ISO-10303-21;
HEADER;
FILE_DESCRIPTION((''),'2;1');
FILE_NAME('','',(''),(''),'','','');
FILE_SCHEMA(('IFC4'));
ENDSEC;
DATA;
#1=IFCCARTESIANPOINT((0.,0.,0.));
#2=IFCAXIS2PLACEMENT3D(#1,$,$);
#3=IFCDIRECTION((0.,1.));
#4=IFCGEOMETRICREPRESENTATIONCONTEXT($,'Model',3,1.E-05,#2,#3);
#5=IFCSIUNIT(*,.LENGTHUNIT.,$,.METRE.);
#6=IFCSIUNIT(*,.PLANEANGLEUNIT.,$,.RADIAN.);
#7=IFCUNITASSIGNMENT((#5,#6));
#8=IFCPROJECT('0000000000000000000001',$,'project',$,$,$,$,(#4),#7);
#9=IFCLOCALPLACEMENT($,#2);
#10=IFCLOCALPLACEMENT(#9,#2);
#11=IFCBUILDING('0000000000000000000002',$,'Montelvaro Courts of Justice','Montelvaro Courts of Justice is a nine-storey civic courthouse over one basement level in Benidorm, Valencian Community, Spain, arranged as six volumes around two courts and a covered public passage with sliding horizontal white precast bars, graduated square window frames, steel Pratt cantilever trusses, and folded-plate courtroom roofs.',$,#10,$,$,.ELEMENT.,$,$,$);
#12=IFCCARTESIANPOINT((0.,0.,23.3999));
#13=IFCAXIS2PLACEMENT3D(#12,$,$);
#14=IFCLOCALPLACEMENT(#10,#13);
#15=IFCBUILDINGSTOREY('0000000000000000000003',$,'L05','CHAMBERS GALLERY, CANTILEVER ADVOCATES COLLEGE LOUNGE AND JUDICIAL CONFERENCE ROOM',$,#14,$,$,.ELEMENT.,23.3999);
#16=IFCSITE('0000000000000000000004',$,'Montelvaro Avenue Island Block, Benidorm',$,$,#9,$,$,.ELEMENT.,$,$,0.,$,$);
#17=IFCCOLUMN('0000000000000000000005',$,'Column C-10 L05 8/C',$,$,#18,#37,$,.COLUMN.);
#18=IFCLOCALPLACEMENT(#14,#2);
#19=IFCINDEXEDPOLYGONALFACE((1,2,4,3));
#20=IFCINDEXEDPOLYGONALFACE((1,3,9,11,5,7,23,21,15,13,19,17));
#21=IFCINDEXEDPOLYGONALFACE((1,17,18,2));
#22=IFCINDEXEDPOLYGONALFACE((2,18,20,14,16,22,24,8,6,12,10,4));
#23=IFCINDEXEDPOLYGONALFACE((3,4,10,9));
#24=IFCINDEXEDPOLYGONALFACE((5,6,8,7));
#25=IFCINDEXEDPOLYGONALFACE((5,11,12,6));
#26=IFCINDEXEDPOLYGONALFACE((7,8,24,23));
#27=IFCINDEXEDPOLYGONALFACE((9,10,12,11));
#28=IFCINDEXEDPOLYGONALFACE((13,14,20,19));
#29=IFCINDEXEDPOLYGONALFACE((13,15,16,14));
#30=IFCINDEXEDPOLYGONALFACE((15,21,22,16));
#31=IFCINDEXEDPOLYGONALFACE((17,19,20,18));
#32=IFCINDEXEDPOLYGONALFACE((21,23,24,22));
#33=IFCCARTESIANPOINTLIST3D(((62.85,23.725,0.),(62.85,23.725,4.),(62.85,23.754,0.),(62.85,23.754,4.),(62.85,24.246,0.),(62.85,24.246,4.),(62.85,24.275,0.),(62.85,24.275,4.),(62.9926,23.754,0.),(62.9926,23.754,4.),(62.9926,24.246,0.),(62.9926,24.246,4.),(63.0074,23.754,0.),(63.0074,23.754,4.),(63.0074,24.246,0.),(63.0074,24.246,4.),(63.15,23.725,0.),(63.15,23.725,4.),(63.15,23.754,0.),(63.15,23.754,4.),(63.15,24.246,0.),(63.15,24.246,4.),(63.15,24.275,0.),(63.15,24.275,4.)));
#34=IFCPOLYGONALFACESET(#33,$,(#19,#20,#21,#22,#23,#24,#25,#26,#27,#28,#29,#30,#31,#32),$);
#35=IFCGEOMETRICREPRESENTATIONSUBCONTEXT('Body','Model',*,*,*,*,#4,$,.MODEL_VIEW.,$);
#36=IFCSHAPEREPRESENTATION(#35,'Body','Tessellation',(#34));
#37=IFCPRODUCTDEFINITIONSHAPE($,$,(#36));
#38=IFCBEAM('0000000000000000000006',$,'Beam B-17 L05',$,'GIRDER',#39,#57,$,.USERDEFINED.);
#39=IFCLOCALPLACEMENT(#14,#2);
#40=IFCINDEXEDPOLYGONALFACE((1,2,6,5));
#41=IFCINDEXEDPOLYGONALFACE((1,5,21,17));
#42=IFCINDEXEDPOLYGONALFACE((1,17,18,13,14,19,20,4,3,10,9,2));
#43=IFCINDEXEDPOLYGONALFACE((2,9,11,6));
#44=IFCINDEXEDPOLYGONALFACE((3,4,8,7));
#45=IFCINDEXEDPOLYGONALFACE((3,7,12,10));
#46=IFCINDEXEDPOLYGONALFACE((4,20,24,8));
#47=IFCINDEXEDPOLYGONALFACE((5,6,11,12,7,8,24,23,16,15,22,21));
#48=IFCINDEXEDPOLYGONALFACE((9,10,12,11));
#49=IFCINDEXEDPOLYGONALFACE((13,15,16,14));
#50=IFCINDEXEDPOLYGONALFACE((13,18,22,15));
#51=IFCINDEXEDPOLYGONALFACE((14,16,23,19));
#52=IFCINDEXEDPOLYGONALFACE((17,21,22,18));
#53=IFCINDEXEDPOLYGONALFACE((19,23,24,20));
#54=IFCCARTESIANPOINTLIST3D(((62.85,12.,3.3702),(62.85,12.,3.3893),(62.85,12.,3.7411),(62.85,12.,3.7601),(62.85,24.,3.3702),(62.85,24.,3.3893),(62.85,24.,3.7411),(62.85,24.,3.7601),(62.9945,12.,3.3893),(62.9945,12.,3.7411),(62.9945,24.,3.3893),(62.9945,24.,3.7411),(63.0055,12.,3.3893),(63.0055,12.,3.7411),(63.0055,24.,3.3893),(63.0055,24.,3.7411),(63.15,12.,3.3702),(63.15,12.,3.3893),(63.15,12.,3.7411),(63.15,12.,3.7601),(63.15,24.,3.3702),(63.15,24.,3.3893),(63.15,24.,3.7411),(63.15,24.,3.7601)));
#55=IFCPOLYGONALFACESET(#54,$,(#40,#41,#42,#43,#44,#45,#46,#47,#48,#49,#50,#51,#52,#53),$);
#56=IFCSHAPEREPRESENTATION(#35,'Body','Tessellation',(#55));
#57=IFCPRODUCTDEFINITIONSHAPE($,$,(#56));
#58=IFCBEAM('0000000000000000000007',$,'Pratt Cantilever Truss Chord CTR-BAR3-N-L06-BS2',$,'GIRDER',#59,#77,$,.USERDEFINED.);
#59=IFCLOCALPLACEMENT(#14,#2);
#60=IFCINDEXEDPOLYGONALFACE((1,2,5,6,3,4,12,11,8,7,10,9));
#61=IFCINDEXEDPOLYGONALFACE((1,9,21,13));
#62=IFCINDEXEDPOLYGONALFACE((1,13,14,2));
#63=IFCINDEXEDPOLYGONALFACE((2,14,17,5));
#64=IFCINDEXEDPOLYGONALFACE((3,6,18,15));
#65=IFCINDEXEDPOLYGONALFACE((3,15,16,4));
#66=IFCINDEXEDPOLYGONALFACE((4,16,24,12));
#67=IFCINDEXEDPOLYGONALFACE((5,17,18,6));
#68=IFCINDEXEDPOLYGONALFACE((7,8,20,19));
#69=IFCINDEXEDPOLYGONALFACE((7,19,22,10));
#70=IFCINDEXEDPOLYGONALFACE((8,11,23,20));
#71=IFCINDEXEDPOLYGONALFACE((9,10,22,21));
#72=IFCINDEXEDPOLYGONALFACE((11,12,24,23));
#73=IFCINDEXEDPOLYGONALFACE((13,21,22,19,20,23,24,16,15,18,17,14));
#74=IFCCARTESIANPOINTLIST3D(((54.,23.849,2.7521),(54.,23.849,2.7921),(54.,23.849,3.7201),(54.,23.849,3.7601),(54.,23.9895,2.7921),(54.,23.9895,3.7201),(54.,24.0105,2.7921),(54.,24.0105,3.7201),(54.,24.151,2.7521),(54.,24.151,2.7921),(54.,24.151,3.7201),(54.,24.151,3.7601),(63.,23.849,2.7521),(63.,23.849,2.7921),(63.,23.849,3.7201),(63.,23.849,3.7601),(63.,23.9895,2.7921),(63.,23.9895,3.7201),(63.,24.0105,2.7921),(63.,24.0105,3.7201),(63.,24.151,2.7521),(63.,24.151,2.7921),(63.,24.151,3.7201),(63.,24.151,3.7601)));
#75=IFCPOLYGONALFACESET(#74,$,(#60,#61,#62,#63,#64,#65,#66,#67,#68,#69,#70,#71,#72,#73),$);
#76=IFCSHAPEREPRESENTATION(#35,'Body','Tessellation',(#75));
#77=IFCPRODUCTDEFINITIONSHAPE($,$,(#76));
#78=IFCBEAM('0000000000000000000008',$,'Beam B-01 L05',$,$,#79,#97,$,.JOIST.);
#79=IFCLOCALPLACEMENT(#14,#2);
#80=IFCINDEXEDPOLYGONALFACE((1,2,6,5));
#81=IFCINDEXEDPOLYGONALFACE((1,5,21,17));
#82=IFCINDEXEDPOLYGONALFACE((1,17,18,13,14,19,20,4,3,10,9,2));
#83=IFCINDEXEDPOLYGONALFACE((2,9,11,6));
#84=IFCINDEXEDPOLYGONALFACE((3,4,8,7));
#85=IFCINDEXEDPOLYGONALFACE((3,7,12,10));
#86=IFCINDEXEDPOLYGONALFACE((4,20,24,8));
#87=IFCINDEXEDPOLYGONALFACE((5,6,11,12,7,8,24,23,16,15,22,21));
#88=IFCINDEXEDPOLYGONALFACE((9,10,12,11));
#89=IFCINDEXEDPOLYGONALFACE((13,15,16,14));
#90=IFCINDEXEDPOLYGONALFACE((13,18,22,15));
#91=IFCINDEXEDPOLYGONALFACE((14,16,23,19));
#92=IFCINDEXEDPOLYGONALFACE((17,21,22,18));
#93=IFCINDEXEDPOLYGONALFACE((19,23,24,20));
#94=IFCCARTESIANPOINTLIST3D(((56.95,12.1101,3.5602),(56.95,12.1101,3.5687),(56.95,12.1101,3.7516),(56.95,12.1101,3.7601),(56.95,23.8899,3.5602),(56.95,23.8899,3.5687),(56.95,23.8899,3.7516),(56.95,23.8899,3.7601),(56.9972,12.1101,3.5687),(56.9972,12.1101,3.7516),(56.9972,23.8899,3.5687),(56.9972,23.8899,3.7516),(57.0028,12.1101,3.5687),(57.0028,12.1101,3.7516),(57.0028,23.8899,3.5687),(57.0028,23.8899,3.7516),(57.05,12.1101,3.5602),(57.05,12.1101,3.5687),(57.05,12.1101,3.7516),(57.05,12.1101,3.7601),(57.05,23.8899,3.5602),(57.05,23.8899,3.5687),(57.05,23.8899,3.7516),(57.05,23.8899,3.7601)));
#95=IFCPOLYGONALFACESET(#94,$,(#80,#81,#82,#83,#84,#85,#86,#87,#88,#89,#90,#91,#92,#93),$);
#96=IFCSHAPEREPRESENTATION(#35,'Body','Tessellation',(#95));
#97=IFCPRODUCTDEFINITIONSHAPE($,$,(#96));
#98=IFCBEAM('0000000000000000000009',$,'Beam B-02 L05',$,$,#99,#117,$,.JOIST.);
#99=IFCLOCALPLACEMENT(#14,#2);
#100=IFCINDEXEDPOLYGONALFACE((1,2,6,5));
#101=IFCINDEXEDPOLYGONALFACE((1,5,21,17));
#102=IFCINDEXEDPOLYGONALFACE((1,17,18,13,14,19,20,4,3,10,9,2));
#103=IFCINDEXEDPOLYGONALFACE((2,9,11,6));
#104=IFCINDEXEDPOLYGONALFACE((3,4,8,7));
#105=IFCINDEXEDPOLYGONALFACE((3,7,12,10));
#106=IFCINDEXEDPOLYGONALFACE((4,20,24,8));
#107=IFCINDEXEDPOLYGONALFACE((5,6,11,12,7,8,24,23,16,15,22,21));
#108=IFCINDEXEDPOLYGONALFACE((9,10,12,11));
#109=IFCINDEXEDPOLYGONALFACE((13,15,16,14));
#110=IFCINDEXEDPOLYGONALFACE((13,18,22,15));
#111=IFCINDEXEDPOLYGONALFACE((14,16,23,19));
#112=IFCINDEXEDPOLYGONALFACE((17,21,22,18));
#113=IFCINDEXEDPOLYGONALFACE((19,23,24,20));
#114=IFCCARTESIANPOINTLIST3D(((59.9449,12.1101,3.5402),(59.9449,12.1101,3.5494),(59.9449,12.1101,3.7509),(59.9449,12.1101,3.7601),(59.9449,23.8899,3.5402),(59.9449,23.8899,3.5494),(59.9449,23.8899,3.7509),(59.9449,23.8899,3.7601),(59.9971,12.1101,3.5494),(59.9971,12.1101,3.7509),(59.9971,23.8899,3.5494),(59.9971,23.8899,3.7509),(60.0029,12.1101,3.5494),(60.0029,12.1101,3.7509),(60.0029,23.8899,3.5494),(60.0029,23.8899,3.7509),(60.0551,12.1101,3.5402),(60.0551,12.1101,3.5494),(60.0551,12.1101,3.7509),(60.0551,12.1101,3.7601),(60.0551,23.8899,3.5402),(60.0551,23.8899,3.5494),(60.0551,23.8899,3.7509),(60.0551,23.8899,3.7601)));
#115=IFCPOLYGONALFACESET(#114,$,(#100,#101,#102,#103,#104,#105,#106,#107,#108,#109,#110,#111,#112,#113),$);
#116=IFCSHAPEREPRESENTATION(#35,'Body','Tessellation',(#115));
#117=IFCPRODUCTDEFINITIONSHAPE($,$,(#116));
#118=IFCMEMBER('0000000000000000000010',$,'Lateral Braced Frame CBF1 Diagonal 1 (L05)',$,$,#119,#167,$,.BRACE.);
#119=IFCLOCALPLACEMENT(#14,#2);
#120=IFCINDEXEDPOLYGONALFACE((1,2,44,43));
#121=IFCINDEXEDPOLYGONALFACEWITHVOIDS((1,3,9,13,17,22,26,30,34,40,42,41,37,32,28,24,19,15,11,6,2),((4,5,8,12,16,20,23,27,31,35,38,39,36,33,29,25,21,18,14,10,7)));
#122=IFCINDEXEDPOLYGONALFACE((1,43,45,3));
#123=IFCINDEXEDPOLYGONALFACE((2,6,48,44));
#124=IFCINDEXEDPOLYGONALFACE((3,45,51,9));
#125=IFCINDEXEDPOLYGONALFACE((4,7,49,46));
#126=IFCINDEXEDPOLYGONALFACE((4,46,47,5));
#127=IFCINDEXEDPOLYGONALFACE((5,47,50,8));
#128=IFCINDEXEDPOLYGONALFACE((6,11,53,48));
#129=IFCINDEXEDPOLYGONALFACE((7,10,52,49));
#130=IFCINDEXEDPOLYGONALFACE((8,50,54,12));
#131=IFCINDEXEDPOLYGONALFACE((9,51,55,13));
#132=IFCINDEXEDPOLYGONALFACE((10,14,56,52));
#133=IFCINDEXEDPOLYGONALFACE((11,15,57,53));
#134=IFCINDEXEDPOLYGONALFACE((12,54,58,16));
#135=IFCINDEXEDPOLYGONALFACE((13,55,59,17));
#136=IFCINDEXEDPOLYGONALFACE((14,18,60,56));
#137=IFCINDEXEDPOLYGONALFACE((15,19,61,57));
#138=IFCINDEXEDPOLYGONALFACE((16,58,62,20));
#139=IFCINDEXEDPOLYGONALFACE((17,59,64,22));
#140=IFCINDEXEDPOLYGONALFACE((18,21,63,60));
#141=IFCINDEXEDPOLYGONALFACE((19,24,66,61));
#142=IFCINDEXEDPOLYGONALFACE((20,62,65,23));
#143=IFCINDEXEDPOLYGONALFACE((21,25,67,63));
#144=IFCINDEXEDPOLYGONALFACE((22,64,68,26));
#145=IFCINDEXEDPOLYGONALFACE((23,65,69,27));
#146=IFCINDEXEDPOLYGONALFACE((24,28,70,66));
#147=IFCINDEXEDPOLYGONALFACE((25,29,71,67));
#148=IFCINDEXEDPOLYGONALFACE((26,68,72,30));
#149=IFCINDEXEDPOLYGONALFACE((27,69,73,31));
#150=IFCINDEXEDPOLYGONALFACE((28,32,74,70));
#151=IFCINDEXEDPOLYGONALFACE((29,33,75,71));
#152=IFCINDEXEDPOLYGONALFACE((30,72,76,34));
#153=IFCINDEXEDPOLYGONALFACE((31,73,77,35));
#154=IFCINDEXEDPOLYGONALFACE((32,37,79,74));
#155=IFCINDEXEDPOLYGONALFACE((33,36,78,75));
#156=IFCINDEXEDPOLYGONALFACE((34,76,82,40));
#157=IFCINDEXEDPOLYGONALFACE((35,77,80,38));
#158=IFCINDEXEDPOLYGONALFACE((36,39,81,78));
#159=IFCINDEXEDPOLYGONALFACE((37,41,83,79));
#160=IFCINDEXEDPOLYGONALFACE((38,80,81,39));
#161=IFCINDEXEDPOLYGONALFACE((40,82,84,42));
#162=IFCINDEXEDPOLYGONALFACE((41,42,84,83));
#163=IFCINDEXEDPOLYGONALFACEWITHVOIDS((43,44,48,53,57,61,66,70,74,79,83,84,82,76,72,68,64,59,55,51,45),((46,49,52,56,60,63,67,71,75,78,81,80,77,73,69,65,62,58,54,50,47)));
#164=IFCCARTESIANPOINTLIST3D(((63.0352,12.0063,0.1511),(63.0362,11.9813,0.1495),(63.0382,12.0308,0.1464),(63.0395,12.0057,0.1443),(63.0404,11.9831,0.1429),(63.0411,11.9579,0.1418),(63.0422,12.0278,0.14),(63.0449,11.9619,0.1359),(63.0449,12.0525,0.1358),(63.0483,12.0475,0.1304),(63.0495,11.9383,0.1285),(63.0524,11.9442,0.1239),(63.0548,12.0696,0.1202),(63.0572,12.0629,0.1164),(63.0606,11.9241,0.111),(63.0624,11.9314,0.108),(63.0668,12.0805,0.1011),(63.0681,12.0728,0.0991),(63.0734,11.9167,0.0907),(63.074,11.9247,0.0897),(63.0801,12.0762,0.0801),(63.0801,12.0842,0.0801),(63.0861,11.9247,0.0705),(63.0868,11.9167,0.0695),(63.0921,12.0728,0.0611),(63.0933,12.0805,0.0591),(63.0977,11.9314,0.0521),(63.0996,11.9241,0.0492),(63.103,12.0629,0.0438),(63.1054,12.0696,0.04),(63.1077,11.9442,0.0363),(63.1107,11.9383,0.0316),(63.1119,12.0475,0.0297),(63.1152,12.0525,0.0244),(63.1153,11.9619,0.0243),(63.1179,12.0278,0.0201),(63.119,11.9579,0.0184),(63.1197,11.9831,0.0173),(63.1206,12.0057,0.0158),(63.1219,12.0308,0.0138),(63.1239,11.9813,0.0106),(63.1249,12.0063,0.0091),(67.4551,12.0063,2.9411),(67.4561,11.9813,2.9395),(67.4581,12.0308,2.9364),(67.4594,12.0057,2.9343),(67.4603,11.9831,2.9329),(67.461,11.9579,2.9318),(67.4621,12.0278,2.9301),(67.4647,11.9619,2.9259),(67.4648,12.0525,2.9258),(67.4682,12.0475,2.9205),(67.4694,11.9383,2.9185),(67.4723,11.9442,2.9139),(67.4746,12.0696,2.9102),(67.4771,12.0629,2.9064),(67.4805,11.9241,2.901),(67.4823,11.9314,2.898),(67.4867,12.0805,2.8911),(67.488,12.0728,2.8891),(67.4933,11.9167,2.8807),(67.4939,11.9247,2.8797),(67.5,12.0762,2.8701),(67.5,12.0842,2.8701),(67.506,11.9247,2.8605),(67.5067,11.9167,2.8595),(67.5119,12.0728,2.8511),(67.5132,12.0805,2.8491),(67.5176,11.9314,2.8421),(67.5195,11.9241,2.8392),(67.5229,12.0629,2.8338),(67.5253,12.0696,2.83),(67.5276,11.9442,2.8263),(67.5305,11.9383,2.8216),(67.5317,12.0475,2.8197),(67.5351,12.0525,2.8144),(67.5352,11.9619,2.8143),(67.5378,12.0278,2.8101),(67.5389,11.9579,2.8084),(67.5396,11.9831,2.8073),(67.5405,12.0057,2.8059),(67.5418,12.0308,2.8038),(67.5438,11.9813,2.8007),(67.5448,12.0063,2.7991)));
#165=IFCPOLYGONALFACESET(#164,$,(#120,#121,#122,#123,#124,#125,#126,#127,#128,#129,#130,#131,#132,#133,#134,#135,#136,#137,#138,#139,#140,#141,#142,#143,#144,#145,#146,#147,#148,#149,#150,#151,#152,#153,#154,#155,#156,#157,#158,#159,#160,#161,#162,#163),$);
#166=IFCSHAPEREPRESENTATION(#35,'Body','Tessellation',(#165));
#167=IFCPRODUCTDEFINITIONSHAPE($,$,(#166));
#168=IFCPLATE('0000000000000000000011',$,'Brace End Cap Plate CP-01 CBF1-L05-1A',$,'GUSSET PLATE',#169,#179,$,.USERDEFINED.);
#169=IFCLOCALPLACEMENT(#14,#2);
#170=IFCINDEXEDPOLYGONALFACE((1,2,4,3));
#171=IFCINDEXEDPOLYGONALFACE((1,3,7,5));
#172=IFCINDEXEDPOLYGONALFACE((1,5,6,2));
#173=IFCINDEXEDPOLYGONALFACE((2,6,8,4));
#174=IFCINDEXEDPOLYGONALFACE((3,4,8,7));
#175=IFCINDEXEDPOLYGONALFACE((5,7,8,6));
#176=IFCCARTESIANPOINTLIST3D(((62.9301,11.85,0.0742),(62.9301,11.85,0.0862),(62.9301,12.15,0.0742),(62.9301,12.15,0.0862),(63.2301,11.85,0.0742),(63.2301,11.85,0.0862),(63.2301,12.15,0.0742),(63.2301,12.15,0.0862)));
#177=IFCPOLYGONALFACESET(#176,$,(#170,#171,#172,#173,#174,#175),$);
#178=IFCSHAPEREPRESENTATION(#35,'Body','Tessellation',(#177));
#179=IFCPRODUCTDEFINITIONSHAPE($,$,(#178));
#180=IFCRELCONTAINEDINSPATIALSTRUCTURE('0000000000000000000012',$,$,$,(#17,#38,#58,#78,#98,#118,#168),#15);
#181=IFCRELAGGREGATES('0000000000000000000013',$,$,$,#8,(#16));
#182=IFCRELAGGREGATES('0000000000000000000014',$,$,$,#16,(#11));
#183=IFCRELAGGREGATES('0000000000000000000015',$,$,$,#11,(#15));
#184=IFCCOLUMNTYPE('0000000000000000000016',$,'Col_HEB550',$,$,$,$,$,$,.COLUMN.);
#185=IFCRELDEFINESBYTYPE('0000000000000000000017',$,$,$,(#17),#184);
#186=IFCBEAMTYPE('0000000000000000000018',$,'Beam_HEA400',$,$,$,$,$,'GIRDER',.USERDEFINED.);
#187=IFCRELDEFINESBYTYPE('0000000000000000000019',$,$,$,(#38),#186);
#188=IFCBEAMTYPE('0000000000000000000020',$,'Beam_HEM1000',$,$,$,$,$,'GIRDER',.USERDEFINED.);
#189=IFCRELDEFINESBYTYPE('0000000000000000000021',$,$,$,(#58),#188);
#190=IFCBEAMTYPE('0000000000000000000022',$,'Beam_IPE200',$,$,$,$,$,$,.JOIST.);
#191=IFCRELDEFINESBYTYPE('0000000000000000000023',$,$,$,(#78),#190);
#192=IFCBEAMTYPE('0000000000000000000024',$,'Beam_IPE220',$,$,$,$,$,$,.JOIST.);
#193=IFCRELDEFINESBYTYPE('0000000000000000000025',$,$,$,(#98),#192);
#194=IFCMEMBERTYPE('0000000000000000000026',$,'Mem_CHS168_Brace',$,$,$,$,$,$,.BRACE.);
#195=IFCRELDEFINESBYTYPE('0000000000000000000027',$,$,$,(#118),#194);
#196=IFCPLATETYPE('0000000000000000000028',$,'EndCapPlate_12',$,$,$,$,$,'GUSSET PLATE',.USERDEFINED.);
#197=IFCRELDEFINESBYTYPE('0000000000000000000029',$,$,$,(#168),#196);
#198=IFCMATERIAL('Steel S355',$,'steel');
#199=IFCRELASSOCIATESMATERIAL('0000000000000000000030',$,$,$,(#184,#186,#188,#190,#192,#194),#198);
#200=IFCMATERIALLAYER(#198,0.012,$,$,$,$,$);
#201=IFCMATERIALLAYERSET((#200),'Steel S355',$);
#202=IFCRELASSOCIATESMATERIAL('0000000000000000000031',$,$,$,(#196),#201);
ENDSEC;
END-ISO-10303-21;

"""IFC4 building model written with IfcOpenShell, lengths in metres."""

from ifc_helpers import new_model, si_unit, direction, frame, origin, origin_2d, place, context, subcontext, project, spatial, rectangle, hollow_circle, i_section, extrude, material, layer, layer_set, material_profile, profile_set, type_object, element, save


model = new_model("IFC4")

# Units and contexts
model_context = context("Model", 3, precision=1e-05, world=origin(), true_north=direction((0.0, 1.0)))
body_context = subcontext(model_context, "Body", "Model", "MODEL_VIEW")
ifc_project = project(units=[si_unit("LENGTHUNIT", "METRE"), si_unit("PLANEANGLEUNIT", "RADIAN")], contexts=[model_context])

# Site, building, storey
site_placement = place(None, origin())
site = spatial("IfcSite", under=ifc_project, at=site_placement, Name="Montelvaro Avenue Island Block, Benidorm", CompositionType="ELEMENT", RefElevation=0.0)
building_placement = place(site_placement, origin())
building = spatial("IfcBuilding", under=site, at=building_placement, Name="Montelvaro Courts of Justice", Description="Montelvaro Courts of Justice is a nine-storey civic courthouse over one basement level in Benidorm, Valencian Community, Spain, arranged as six volumes around two courts and a covered public passage with sliding horizontal white precast bars, graduated square window frames, steel Pratt cantilever trusses, and folded-plate courtroom roofs.", CompositionType="ELEMENT")
storey_placement = place(building_placement, frame((0.0, 0.0, 23.3999)))
storey = spatial("IfcBuildingStorey", under=building, at=storey_placement, Name="L05", Description="CHAMBERS GALLERY, CANTILEVER ADVOCATES COLLEGE LOUNGE AND JUDICIAL CONFERENCE ROOM", CompositionType="ELEMENT", Elevation=23.3999)

# Column
ifc_material_1 = material(Name="Steel S355", Category="steel")
ifc_material_profile_1 = material_profile(ifc_material_1, i_section(OverallWidth=0.3, OverallDepth=0.55, WebThickness=0.0149, FlangeThickness=0.0291, at=origin_2d()), Name="HEB 550")
ifc_profile_set_1 = profile_set([ifc_material_profile_1], Name="Steel S355")
column_type = type_object("IfcColumnType", Name="Col_HEB550", PredefinedType="COLUMN", material=ifc_profile_set_1)
column_placement = place(storey_placement, frame((63.0, 24.0, 0.0), z_axis=(0.0, 0.0, 1.0), x_axis=(1.0, 0.0, 0.0)))
element("IfcColumn", 1, at=column_placement, inside=storey, type_object=column_type, Name="Column C-10 L05 8/C", PredefinedType="COLUMN", context=body_context, shape_type="SweptSolid", body=[
    extrude(i_section(OverallWidth=0.3, OverallDepth=0.55, WebThickness=0.0149, FlangeThickness=0.0291, at=origin_2d()), origin(), (0.0, 0.0, 1.0), 4.0),
])

# Beams
ifc_material_profile_2 = material_profile(ifc_material_1, i_section(OverallWidth=0.3, OverallDepth=0.3899, WebThickness=0.011, FlangeThickness=0.019, at=origin_2d()), Name="HEA 400")
ifc_profile_set_2 = profile_set([ifc_material_profile_2], Name="Steel S355")
beam_type_1 = type_object("IfcBeamType", Name="Beam_HEA400", ElementType="GIRDER", PredefinedType="USERDEFINED", material=ifc_profile_set_2)
beam_1_placement = place(storey_placement, frame((63.0, 12.0, 3.5652), z_axis=(0.0, 1.0, 0.0), x_axis=(-1.0, 0.0, 0.0)))
element("IfcBeam", 2, at=beam_1_placement, inside=storey, type_object=beam_type_1, Name="Beam B-17 L05", ObjectType="GIRDER", PredefinedType="USERDEFINED", context=body_context, shape_type="SweptSolid", body=[
    extrude(i_section(OverallWidth=0.3, OverallDepth=0.3899, WebThickness=0.011, FlangeThickness=0.019, at=origin_2d()), origin(), (0.0, 0.0, 1.0), 12.0),
])
ifc_material_profile_3 = material_profile(ifc_material_1, i_section(OverallWidth=0.302, OverallDepth=1.0081, WebThickness=0.021, FlangeThickness=0.04, at=origin_2d()), Name="HEM 1000")
ifc_profile_set_3 = profile_set([ifc_material_profile_3], Name="Steel S355")
beam_type_2 = type_object("IfcBeamType", Name="Beam_HEM1000", ElementType="GIRDER", PredefinedType="USERDEFINED", material=ifc_profile_set_3)
beam_2_placement = place(storey_placement, frame((63.0, 24.0, 3.2561), z_axis=(-1.0, 0.0, 0.0), x_axis=(0.0, -1.0, 0.0)))
element("IfcBeam", 3, at=beam_2_placement, inside=storey, type_object=beam_type_2, Name="Pratt Cantilever Truss Chord CTR-BAR3-N-L06-BS2", ObjectType="GIRDER", PredefinedType="USERDEFINED", context=body_context, shape_type="SweptSolid", body=[
    extrude(i_section(OverallWidth=0.302, OverallDepth=1.0081, WebThickness=0.021, FlangeThickness=0.04, at=origin_2d()), origin(), (0.0, 0.0, 1.0), 9.0),
])
ifc_material_profile_4 = material_profile(ifc_material_1, i_section(OverallWidth=0.1001, OverallDepth=0.2, WebThickness=0.0056, FlangeThickness=0.0085, at=origin_2d()), Name="IPE 200")
ifc_profile_set_4 = profile_set([ifc_material_profile_4], Name="Steel S355")
beam_type_3 = type_object("IfcBeamType", Name="Beam_IPE200", PredefinedType="JOIST", material=ifc_profile_set_4)
beam_3_placement = place(storey_placement, frame((57.0, 12.1101, 3.6602), z_axis=(0.0, 1.0, 0.0), x_axis=(-1.0, 0.0, 0.0)))
element("IfcBeam", 4, at=beam_3_placement, inside=storey, type_object=beam_type_3, Name="Beam B-01 L05", PredefinedType="JOIST", context=body_context, shape_type="SweptSolid", body=[
    extrude(i_section(OverallWidth=0.1001, OverallDepth=0.2, WebThickness=0.0056, FlangeThickness=0.0085, at=origin_2d()), origin(), (0.0, 0.0, 1.0), 11.7798),
])
ifc_material_profile_5 = material_profile(ifc_material_1, i_section(OverallWidth=0.1101, OverallDepth=0.22, WebThickness=0.0059, FlangeThickness=0.0093, at=origin_2d()), Name="IPE 220")
ifc_profile_set_5 = profile_set([ifc_material_profile_5], Name="Steel S355")
beam_type_4 = type_object("IfcBeamType", Name="Beam_IPE220", PredefinedType="JOIST", material=ifc_profile_set_5)
beam_4_placement = place(storey_placement, frame((60.0, 12.1101, 3.6501), z_axis=(0.0, 1.0, 0.0), x_axis=(-1.0, 0.0, 0.0)))
element("IfcBeam", 5, at=beam_4_placement, inside=storey, type_object=beam_type_4, Name="Beam B-02 L05", PredefinedType="JOIST", context=body_context, shape_type="SweptSolid", body=[
    extrude(i_section(OverallWidth=0.1101, OverallDepth=0.22, WebThickness=0.0059, FlangeThickness=0.0093, at=origin_2d()), origin(), (0.0, 0.0, 1.0), 11.7798),
])

# Member
ifc_material_profile_6 = material_profile(ifc_material_1, hollow_circle(Radius=0.0842, WallThickness=0.0081, at=origin_2d()), Name="CHS 168.3x8")
ifc_profile_set_6 = profile_set([ifc_material_profile_6], Name="Steel S355")
member_type = type_object("IfcMemberType", Name="Mem_CHS168_Brace", PredefinedType="BRACE", material=ifc_profile_set_6)
member_placement = place(storey_placement, frame((63.0801, 12.0, 0.0801), z_axis=(0.845618, 0.0, 0.533789), x_axis=(0.0, 1.0, 0.0)))
element("IfcMember", 6, at=member_placement, inside=storey, type_object=member_type, Name="Lateral Braced Frame CBF1 Diagonal 1 (L05)", PredefinedType="BRACE", context=body_context, shape_type="SweptSolid", body=[
    extrude(hollow_circle(Radius=0.0842, WallThickness=0.0081, at=origin_2d()), origin(), (0.0, 0.0, 1.0), 5.2268),
])

# Plate
ifc_layer_1 = layer(ifc_material_1, 0.012)
ifc_layer_set_1 = layer_set([ifc_layer_1], Name="Steel S355")
plate_type_1 = type_object("IfcPlateType", Name="EndCapPlate_12", ElementType="GUSSET PLATE", PredefinedType="USERDEFINED", material=ifc_layer_set_1)
plate_1_placement = place(storey_placement, frame((63.0801, 12.0, 0.0742), z_axis=(0.0, 0.0, 1.0), x_axis=(1.0, 0.0, 0.0)))
element("IfcPlate", 7, at=plate_1_placement, inside=storey, type_object=plate_type_1, Name="Brace End Cap Plate CP-01 CBF1-L05-1A", ObjectType="GUSSET PLATE", PredefinedType="USERDEFINED", context=body_context, shape_type="SweptSolid", body=[
    extrude(rectangle(XDim=0.3, YDim=0.3, at=origin_2d()), origin(), (0.0, 0.0, 1.0), 0.012),
])

save(model, "model.ifc")
